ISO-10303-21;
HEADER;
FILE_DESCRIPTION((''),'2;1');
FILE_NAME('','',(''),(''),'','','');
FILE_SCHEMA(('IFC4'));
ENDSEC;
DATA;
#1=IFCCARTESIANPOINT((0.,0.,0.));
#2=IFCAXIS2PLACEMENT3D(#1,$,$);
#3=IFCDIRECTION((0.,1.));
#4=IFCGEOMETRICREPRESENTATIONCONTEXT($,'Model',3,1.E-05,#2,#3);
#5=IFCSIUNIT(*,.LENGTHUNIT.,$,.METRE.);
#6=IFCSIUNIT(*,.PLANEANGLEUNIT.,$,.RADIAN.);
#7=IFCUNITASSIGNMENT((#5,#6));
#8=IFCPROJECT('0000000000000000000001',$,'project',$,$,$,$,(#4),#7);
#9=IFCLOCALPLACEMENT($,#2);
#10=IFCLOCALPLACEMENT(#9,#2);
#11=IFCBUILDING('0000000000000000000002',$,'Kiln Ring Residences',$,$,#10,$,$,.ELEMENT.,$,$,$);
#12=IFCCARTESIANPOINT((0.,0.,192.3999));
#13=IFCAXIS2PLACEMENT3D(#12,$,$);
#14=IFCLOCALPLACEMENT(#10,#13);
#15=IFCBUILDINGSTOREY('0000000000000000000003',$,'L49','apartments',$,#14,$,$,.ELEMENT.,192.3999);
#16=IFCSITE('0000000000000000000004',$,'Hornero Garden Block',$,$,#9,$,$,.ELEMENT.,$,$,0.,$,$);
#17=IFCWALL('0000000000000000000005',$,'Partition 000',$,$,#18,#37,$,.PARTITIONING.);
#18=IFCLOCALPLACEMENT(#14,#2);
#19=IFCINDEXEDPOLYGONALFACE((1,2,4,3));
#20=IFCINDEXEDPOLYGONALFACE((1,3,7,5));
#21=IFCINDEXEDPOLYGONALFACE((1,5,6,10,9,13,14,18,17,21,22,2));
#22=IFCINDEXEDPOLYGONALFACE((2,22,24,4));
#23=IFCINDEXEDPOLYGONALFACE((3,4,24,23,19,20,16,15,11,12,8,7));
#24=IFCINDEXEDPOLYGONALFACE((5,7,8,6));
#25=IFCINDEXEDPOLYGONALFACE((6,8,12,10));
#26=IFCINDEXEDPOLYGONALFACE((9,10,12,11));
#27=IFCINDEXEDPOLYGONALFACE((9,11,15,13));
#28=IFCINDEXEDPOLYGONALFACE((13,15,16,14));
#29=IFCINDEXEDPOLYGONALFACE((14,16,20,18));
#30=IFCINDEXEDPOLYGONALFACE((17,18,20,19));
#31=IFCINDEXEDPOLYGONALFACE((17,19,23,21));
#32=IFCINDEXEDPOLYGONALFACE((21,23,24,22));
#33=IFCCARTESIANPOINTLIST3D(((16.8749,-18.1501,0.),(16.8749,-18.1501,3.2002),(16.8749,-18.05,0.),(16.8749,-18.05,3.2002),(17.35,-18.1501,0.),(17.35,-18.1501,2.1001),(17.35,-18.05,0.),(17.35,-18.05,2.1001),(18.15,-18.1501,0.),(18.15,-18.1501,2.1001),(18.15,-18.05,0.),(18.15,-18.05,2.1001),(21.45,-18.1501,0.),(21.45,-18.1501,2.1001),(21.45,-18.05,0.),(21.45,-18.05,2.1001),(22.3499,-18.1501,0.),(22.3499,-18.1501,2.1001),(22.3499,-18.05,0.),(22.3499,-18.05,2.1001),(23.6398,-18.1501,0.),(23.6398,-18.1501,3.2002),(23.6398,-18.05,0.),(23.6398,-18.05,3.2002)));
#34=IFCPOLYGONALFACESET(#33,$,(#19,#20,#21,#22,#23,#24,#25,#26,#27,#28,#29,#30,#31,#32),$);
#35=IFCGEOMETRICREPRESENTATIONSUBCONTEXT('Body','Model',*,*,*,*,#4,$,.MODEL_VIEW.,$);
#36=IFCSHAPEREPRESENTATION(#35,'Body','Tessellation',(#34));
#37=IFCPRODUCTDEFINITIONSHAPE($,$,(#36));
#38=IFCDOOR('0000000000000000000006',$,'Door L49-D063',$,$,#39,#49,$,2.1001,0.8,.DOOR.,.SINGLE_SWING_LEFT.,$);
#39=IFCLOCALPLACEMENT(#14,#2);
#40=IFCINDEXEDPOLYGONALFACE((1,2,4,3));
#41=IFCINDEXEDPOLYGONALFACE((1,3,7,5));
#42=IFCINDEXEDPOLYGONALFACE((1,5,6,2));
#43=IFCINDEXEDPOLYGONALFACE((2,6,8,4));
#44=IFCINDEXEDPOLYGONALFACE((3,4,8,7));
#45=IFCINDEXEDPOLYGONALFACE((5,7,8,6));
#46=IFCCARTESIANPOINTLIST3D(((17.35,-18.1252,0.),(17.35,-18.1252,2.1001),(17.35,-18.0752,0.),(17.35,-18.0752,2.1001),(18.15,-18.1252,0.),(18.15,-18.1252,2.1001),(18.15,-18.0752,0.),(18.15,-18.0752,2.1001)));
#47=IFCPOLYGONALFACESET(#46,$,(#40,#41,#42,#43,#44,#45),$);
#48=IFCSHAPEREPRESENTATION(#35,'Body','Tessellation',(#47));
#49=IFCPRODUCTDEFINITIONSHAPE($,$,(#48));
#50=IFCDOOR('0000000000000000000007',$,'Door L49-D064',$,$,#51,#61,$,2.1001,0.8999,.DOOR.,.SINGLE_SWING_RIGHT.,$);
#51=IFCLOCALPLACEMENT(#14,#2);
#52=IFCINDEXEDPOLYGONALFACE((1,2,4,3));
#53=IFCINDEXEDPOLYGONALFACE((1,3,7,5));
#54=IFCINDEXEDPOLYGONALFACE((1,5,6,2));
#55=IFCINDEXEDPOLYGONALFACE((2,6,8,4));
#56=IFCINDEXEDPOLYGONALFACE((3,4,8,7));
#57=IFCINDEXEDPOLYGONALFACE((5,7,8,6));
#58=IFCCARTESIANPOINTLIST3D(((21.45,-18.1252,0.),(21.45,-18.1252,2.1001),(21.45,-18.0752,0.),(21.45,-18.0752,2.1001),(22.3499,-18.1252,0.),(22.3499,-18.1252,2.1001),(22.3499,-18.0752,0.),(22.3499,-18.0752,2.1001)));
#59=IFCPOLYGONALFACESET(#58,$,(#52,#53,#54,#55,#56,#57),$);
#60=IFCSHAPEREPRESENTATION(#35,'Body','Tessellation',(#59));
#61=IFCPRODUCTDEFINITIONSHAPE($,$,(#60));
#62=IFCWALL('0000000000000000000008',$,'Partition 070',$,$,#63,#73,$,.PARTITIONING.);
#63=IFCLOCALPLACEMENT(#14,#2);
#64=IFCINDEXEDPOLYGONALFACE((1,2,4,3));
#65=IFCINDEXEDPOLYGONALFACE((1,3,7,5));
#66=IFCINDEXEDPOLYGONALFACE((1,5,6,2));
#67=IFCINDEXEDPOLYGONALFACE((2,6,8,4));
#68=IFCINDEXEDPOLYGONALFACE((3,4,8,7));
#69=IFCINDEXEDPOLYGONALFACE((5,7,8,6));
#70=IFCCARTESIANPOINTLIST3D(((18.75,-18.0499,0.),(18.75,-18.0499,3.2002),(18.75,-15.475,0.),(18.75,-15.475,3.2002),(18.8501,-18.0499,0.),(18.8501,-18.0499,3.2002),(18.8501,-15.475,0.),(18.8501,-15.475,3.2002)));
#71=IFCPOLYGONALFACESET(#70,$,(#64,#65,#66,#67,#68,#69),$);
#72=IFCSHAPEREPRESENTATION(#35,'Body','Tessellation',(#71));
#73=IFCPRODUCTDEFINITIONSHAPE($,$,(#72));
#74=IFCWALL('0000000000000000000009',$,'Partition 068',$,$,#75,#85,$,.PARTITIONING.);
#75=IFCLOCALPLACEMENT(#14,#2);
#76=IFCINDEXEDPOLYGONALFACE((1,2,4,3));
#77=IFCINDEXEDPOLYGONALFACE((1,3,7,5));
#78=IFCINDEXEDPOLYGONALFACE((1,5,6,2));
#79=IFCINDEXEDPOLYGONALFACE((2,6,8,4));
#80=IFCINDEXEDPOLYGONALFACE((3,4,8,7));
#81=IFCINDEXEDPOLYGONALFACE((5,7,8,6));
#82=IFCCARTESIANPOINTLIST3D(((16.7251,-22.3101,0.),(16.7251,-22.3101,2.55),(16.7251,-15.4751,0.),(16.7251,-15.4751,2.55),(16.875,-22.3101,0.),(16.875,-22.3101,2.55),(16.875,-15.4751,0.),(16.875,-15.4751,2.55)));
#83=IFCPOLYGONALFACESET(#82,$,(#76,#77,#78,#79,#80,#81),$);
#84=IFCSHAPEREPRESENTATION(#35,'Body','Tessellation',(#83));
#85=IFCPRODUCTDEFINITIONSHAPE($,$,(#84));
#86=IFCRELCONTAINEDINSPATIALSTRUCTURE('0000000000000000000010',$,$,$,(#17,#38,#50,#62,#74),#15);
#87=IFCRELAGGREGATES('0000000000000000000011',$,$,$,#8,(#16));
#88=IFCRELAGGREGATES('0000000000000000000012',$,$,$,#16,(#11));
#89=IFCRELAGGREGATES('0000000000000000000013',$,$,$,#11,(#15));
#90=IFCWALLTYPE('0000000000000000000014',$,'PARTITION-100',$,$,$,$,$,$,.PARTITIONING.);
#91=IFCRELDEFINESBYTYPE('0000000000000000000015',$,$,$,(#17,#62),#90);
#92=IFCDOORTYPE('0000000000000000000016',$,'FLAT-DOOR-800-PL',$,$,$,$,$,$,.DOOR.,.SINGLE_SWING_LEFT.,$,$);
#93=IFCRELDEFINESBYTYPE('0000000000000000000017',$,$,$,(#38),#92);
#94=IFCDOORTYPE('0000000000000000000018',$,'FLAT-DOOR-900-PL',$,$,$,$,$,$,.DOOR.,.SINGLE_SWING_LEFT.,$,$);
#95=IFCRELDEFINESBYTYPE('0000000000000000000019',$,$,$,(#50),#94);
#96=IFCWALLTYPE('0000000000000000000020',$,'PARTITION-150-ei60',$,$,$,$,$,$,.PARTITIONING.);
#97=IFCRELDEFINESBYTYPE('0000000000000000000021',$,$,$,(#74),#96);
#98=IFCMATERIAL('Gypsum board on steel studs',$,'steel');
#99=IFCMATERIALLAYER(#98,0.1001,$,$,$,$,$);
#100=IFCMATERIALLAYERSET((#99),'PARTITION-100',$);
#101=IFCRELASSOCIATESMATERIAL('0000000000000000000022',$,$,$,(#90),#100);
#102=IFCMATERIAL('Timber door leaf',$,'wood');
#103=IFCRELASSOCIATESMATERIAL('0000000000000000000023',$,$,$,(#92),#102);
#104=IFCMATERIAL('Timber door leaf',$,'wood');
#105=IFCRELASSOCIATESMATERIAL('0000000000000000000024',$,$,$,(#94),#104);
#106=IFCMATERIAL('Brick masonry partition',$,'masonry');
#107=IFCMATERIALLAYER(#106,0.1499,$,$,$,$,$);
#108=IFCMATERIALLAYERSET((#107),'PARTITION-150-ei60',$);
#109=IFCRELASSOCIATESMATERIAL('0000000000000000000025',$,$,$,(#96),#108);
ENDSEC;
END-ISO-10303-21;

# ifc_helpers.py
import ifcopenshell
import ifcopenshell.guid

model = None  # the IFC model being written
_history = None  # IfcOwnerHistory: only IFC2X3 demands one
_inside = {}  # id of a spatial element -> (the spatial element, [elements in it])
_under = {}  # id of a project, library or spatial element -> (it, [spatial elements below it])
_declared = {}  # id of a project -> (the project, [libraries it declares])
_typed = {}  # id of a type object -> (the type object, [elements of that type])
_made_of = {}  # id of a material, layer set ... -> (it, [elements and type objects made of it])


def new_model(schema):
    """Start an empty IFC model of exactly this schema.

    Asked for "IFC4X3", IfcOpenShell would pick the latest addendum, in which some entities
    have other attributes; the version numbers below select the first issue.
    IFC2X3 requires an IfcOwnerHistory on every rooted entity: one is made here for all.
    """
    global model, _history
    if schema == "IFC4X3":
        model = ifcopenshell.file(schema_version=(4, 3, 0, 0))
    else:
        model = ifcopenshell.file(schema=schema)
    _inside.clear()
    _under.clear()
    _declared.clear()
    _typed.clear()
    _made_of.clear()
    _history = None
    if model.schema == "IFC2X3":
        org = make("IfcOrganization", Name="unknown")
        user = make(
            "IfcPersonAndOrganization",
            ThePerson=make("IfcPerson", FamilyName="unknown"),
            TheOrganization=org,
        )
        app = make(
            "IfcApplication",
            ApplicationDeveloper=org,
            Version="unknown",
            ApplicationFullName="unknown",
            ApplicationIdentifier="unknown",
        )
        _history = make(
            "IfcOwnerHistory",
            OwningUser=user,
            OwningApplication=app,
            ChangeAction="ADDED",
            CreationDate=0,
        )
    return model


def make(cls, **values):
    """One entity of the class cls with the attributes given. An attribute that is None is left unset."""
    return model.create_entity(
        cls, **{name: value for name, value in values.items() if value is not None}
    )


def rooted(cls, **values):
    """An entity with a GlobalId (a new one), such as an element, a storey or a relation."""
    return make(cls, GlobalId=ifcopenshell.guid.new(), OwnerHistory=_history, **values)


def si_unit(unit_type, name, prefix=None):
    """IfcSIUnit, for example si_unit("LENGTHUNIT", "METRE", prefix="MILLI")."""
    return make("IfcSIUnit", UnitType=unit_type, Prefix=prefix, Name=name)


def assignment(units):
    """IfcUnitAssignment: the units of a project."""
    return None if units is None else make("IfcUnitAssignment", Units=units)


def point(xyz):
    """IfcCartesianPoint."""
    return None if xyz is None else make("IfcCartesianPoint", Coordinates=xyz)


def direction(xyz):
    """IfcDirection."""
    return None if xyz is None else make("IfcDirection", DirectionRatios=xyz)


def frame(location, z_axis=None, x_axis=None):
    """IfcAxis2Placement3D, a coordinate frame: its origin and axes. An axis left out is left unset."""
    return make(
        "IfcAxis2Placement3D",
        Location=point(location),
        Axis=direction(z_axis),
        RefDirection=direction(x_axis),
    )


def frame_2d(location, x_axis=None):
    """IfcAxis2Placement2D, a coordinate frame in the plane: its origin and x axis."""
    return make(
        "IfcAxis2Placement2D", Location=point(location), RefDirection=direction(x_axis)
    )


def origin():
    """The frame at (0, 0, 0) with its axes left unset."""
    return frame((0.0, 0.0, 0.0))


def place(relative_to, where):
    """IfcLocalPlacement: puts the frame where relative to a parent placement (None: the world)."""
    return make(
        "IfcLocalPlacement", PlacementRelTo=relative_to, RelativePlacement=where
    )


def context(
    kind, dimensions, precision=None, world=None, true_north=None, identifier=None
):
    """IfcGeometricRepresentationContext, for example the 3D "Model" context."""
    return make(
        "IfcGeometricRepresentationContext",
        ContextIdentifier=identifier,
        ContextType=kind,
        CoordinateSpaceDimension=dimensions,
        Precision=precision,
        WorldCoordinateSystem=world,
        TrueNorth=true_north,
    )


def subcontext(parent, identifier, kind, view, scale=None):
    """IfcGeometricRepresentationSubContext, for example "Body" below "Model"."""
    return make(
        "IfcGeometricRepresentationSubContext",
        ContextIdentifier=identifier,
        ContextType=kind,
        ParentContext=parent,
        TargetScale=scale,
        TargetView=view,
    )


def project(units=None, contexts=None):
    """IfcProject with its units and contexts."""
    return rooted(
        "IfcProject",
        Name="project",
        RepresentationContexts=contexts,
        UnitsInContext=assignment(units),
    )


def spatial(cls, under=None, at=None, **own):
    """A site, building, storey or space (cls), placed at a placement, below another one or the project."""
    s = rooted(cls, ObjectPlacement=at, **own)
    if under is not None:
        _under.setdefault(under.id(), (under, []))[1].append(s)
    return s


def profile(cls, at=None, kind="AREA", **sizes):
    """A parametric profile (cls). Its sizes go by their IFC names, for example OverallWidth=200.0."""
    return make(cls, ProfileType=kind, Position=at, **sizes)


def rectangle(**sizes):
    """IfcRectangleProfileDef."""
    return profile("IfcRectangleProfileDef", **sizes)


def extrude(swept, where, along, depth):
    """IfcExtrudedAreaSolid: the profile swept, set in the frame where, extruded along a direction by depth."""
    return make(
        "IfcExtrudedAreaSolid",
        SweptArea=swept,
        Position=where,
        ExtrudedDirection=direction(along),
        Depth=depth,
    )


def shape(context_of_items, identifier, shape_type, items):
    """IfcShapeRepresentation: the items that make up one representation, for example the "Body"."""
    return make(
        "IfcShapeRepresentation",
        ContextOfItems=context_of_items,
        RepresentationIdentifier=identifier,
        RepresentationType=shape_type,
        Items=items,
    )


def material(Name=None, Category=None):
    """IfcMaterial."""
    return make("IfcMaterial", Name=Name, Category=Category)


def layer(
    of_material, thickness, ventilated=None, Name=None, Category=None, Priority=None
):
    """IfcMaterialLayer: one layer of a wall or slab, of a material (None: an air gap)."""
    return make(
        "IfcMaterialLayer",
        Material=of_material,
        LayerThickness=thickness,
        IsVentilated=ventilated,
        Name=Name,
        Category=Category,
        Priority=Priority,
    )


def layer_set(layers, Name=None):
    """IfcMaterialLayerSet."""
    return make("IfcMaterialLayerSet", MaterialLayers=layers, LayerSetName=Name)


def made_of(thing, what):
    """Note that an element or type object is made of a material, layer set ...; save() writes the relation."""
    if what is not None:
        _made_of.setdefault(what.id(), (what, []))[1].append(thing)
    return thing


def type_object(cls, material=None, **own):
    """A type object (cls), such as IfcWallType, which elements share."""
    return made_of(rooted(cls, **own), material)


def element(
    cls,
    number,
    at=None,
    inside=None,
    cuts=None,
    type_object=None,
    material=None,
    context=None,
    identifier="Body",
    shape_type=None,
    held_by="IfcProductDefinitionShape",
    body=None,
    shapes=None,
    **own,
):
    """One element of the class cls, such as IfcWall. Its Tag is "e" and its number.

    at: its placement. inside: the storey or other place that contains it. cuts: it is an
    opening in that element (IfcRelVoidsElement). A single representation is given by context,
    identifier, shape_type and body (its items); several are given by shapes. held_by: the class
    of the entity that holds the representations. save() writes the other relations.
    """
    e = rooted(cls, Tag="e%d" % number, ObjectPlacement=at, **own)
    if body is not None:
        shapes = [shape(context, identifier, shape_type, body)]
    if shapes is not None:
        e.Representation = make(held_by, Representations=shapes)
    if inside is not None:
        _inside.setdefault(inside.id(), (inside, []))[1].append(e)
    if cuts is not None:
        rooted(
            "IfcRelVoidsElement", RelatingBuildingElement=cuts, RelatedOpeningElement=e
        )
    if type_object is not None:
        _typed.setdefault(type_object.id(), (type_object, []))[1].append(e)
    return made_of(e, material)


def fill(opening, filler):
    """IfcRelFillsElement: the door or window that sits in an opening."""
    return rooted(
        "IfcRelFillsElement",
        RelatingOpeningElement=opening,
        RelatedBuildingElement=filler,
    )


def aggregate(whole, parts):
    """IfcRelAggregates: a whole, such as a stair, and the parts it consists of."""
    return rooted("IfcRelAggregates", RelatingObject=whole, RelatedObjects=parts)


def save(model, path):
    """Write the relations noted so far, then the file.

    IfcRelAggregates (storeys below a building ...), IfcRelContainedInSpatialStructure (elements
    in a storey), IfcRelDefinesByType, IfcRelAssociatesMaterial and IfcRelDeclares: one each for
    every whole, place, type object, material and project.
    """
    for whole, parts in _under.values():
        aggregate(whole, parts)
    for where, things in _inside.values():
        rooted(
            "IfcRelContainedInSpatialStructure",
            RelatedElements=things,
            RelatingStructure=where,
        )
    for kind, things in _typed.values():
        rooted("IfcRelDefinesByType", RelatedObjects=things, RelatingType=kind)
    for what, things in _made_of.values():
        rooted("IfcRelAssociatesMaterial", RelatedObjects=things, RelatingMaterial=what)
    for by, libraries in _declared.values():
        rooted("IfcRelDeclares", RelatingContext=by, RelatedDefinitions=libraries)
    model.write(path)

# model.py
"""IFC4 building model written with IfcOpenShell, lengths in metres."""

from ifc_helpers import new_model, si_unit, direction, frame, frame_2d, origin, place, context, subcontext, project, spatial, rectangle, extrude, material, layer, layer_set, type_object, element, fill, save


model = new_model("IFC4")

# Units and contexts
model_context = context("Model", 3, precision=1e-05, world=origin(), true_north=direction((0.0, 1.0)))
body_context = subcontext(model_context, "Body", "Model", "MODEL_VIEW")
ifc_project = project(units=[si_unit("LENGTHUNIT", "METRE"), si_unit("PLANEANGLEUNIT", "RADIAN")], contexts=[model_context])

# Site, building, storey
site_placement = place(None, origin())
site = spatial("IfcSite", under=ifc_project, at=site_placement, Name="Hornero Garden Block", CompositionType="ELEMENT", RefElevation=0.0)
building_placement = place(site_placement, origin())
building = spatial("IfcBuilding", under=site, at=building_placement, Name="Kiln Ring Residences", CompositionType="ELEMENT")
storey_placement = place(building_placement, frame((0.0, 0.0, 192.3999)))
storey = spatial("IfcBuildingStorey", under=building, at=storey_placement, Name="L49", Description="apartments", CompositionType="ELEMENT", Elevation=192.3999)

# Wall, openings, doors
ifc_material_1 = material(Name="Gypsum board on steel studs", Category="steel")
ifc_layer_1 = layer(ifc_material_1, 0.1001)
ifc_layer_set_1 = layer_set([ifc_layer_1], Name="PARTITION-100")
wall_type_1 = type_object("IfcWallType", Name="PARTITION-100", PredefinedType="PARTITIONING", material=ifc_layer_set_1)
wall_1_placement = place(storey_placement, frame((16.875, -18.1001, 0.0), z_axis=(0.0, 0.0, 1.0), x_axis=(1.0, 0.0, 0.0)))
wall_1 = element("IfcWall", 1, at=wall_1_placement, inside=storey, type_object=wall_type_1, Name="Partition 000", PredefinedType="PARTITIONING", context=body_context, shape_type="SweptSolid", body=[
    extrude(rectangle(XDim=6.7649, YDim=0.1001, at=frame_2d((3.3823, 0.0))), origin(), (0.0, 0.0, 1.0), 3.2002),
])
opening_1_placement = place(wall_1_placement, frame((0.4751, 0.0, 0.0)))
opening_1 = element("IfcOpeningElement", 2, at=opening_1_placement, cuts=wall_1, PredefinedType="OPENING", context=body_context, shape_type="SweptSolid", body=[
    extrude(rectangle(XDim=0.8, YDim=2.1001, at=frame_2d((0.3999, 1.05))), frame((0.0, 0.0601, 0.0), z_axis=(0.0, -1.0, 0.0), x_axis=(1.0, 0.0, 0.0)), (0.0, 0.0, 1.0), 0.1201),
])
opening_2_placement = place(wall_1_placement, frame((4.575, 0.0, 0.0)))
opening_2 = element("IfcOpeningElement", 3, at=opening_2_placement, cuts=wall_1, PredefinedType="OPENING", context=body_context, shape_type="SweptSolid", body=[
    extrude(rectangle(XDim=0.8999, YDim=2.1001, at=frame_2d((0.45, 1.05))), frame((0.0, 0.0601, 0.0), z_axis=(0.0, -1.0, 0.0), x_axis=(1.0, 0.0, 0.0)), (0.0, 0.0, 1.0), 0.1201),
])
ifc_material_2 = material(Name="Timber door leaf", Category="wood")
door_type_1 = type_object("IfcDoorType", Name="FLAT-DOOR-800-PL", OperationType="SINGLE_SWING_LEFT", PredefinedType="DOOR", material=ifc_material_2)
door_1_placement = place(opening_1_placement, origin())
door_1 = element("IfcDoor", 4, at=door_1_placement, inside=storey, type_object=door_type_1, Name="Door L49-D063", OperationType="SINGLE_SWING_LEFT", OverallHeight=2.1001, OverallWidth=0.8, PredefinedType="DOOR", context=body_context, shape_type="SweptSolid", body=[
    extrude(rectangle(XDim=0.8, YDim=2.1001, at=frame_2d((0.3999, 1.05))), frame((0.0, 0.0249, 0.0), z_axis=(0.0, -1.0, 0.0), x_axis=(1.0, 0.0, 0.0)), (0.0, 0.0, 1.0), 0.05),
])
fill(opening_1, door_1)
ifc_material_3 = material(Name="Timber door leaf", Category="wood")
door_type_2 = type_object("IfcDoorType", Name="FLAT-DOOR-900-PL", OperationType="SINGLE_SWING_LEFT", PredefinedType="DOOR", material=ifc_material_3)
door_2_placement = place(opening_2_placement, origin())
door_2 = element("IfcDoor", 5, at=door_2_placement, inside=storey, type_object=door_type_2, Name="Door L49-D064", OperationType="SINGLE_SWING_RIGHT", OverallHeight=2.1001, OverallWidth=0.8999, PredefinedType="DOOR", context=body_context, shape_type="SweptSolid", body=[
    extrude(rectangle(XDim=0.8999, YDim=2.1001, at=frame_2d((0.45, 1.05))), frame((0.0, 0.0249, 0.0), z_axis=(0.0, -1.0, 0.0), x_axis=(1.0, 0.0, 0.0)), (0.0, 0.0, 1.0), 0.05),
])
fill(opening_2, door_2)

# Walls
wall_2_placement = place(storey_placement, frame((18.8, -18.05, 0.0), z_axis=(0.0, 0.0, 1.0), x_axis=(0.0, 1.0, 0.0)))
element("IfcWall", 6, at=wall_2_placement, inside=storey, type_object=wall_type_1, Name="Partition 070", PredefinedType="PARTITIONING", context=body_context, shape_type="SweptSolid", body=[
    extrude(rectangle(XDim=2.575, YDim=0.1001, at=frame_2d((1.2876, 0.0))), origin(), (0.0, 0.0, 1.0), 3.2002),
])
ifc_material_4 = material(Name="Brick masonry partition", Category="masonry")
ifc_layer_2 = layer(ifc_material_4, 0.1499)
ifc_layer_set_2 = layer_set([ifc_layer_2], Name="PARTITION-150-ei60")
wall_type_2 = type_object("IfcWallType", Name="PARTITION-150-ei60", PredefinedType="PARTITIONING", material=ifc_layer_set_2)
wall_3_placement = place(storey_placement, frame((16.8, -22.3101, 0.0), z_axis=(0.0, 0.0, 1.0), x_axis=(0.0, 1.0, 0.0)))
element("IfcWall", 7, at=wall_3_placement, inside=storey, type_object=wall_type_2, Name="Partition 068", PredefinedType="PARTITIONING", context=body_context, shape_type="SweptSolid", body=[
    extrude(rectangle(XDim=6.835, YDim=0.1499, at=frame_2d((3.4175, 0.0))), origin(), (0.0, 0.0, 1.0), 2.55),
])

save(model, "model.ifc")
